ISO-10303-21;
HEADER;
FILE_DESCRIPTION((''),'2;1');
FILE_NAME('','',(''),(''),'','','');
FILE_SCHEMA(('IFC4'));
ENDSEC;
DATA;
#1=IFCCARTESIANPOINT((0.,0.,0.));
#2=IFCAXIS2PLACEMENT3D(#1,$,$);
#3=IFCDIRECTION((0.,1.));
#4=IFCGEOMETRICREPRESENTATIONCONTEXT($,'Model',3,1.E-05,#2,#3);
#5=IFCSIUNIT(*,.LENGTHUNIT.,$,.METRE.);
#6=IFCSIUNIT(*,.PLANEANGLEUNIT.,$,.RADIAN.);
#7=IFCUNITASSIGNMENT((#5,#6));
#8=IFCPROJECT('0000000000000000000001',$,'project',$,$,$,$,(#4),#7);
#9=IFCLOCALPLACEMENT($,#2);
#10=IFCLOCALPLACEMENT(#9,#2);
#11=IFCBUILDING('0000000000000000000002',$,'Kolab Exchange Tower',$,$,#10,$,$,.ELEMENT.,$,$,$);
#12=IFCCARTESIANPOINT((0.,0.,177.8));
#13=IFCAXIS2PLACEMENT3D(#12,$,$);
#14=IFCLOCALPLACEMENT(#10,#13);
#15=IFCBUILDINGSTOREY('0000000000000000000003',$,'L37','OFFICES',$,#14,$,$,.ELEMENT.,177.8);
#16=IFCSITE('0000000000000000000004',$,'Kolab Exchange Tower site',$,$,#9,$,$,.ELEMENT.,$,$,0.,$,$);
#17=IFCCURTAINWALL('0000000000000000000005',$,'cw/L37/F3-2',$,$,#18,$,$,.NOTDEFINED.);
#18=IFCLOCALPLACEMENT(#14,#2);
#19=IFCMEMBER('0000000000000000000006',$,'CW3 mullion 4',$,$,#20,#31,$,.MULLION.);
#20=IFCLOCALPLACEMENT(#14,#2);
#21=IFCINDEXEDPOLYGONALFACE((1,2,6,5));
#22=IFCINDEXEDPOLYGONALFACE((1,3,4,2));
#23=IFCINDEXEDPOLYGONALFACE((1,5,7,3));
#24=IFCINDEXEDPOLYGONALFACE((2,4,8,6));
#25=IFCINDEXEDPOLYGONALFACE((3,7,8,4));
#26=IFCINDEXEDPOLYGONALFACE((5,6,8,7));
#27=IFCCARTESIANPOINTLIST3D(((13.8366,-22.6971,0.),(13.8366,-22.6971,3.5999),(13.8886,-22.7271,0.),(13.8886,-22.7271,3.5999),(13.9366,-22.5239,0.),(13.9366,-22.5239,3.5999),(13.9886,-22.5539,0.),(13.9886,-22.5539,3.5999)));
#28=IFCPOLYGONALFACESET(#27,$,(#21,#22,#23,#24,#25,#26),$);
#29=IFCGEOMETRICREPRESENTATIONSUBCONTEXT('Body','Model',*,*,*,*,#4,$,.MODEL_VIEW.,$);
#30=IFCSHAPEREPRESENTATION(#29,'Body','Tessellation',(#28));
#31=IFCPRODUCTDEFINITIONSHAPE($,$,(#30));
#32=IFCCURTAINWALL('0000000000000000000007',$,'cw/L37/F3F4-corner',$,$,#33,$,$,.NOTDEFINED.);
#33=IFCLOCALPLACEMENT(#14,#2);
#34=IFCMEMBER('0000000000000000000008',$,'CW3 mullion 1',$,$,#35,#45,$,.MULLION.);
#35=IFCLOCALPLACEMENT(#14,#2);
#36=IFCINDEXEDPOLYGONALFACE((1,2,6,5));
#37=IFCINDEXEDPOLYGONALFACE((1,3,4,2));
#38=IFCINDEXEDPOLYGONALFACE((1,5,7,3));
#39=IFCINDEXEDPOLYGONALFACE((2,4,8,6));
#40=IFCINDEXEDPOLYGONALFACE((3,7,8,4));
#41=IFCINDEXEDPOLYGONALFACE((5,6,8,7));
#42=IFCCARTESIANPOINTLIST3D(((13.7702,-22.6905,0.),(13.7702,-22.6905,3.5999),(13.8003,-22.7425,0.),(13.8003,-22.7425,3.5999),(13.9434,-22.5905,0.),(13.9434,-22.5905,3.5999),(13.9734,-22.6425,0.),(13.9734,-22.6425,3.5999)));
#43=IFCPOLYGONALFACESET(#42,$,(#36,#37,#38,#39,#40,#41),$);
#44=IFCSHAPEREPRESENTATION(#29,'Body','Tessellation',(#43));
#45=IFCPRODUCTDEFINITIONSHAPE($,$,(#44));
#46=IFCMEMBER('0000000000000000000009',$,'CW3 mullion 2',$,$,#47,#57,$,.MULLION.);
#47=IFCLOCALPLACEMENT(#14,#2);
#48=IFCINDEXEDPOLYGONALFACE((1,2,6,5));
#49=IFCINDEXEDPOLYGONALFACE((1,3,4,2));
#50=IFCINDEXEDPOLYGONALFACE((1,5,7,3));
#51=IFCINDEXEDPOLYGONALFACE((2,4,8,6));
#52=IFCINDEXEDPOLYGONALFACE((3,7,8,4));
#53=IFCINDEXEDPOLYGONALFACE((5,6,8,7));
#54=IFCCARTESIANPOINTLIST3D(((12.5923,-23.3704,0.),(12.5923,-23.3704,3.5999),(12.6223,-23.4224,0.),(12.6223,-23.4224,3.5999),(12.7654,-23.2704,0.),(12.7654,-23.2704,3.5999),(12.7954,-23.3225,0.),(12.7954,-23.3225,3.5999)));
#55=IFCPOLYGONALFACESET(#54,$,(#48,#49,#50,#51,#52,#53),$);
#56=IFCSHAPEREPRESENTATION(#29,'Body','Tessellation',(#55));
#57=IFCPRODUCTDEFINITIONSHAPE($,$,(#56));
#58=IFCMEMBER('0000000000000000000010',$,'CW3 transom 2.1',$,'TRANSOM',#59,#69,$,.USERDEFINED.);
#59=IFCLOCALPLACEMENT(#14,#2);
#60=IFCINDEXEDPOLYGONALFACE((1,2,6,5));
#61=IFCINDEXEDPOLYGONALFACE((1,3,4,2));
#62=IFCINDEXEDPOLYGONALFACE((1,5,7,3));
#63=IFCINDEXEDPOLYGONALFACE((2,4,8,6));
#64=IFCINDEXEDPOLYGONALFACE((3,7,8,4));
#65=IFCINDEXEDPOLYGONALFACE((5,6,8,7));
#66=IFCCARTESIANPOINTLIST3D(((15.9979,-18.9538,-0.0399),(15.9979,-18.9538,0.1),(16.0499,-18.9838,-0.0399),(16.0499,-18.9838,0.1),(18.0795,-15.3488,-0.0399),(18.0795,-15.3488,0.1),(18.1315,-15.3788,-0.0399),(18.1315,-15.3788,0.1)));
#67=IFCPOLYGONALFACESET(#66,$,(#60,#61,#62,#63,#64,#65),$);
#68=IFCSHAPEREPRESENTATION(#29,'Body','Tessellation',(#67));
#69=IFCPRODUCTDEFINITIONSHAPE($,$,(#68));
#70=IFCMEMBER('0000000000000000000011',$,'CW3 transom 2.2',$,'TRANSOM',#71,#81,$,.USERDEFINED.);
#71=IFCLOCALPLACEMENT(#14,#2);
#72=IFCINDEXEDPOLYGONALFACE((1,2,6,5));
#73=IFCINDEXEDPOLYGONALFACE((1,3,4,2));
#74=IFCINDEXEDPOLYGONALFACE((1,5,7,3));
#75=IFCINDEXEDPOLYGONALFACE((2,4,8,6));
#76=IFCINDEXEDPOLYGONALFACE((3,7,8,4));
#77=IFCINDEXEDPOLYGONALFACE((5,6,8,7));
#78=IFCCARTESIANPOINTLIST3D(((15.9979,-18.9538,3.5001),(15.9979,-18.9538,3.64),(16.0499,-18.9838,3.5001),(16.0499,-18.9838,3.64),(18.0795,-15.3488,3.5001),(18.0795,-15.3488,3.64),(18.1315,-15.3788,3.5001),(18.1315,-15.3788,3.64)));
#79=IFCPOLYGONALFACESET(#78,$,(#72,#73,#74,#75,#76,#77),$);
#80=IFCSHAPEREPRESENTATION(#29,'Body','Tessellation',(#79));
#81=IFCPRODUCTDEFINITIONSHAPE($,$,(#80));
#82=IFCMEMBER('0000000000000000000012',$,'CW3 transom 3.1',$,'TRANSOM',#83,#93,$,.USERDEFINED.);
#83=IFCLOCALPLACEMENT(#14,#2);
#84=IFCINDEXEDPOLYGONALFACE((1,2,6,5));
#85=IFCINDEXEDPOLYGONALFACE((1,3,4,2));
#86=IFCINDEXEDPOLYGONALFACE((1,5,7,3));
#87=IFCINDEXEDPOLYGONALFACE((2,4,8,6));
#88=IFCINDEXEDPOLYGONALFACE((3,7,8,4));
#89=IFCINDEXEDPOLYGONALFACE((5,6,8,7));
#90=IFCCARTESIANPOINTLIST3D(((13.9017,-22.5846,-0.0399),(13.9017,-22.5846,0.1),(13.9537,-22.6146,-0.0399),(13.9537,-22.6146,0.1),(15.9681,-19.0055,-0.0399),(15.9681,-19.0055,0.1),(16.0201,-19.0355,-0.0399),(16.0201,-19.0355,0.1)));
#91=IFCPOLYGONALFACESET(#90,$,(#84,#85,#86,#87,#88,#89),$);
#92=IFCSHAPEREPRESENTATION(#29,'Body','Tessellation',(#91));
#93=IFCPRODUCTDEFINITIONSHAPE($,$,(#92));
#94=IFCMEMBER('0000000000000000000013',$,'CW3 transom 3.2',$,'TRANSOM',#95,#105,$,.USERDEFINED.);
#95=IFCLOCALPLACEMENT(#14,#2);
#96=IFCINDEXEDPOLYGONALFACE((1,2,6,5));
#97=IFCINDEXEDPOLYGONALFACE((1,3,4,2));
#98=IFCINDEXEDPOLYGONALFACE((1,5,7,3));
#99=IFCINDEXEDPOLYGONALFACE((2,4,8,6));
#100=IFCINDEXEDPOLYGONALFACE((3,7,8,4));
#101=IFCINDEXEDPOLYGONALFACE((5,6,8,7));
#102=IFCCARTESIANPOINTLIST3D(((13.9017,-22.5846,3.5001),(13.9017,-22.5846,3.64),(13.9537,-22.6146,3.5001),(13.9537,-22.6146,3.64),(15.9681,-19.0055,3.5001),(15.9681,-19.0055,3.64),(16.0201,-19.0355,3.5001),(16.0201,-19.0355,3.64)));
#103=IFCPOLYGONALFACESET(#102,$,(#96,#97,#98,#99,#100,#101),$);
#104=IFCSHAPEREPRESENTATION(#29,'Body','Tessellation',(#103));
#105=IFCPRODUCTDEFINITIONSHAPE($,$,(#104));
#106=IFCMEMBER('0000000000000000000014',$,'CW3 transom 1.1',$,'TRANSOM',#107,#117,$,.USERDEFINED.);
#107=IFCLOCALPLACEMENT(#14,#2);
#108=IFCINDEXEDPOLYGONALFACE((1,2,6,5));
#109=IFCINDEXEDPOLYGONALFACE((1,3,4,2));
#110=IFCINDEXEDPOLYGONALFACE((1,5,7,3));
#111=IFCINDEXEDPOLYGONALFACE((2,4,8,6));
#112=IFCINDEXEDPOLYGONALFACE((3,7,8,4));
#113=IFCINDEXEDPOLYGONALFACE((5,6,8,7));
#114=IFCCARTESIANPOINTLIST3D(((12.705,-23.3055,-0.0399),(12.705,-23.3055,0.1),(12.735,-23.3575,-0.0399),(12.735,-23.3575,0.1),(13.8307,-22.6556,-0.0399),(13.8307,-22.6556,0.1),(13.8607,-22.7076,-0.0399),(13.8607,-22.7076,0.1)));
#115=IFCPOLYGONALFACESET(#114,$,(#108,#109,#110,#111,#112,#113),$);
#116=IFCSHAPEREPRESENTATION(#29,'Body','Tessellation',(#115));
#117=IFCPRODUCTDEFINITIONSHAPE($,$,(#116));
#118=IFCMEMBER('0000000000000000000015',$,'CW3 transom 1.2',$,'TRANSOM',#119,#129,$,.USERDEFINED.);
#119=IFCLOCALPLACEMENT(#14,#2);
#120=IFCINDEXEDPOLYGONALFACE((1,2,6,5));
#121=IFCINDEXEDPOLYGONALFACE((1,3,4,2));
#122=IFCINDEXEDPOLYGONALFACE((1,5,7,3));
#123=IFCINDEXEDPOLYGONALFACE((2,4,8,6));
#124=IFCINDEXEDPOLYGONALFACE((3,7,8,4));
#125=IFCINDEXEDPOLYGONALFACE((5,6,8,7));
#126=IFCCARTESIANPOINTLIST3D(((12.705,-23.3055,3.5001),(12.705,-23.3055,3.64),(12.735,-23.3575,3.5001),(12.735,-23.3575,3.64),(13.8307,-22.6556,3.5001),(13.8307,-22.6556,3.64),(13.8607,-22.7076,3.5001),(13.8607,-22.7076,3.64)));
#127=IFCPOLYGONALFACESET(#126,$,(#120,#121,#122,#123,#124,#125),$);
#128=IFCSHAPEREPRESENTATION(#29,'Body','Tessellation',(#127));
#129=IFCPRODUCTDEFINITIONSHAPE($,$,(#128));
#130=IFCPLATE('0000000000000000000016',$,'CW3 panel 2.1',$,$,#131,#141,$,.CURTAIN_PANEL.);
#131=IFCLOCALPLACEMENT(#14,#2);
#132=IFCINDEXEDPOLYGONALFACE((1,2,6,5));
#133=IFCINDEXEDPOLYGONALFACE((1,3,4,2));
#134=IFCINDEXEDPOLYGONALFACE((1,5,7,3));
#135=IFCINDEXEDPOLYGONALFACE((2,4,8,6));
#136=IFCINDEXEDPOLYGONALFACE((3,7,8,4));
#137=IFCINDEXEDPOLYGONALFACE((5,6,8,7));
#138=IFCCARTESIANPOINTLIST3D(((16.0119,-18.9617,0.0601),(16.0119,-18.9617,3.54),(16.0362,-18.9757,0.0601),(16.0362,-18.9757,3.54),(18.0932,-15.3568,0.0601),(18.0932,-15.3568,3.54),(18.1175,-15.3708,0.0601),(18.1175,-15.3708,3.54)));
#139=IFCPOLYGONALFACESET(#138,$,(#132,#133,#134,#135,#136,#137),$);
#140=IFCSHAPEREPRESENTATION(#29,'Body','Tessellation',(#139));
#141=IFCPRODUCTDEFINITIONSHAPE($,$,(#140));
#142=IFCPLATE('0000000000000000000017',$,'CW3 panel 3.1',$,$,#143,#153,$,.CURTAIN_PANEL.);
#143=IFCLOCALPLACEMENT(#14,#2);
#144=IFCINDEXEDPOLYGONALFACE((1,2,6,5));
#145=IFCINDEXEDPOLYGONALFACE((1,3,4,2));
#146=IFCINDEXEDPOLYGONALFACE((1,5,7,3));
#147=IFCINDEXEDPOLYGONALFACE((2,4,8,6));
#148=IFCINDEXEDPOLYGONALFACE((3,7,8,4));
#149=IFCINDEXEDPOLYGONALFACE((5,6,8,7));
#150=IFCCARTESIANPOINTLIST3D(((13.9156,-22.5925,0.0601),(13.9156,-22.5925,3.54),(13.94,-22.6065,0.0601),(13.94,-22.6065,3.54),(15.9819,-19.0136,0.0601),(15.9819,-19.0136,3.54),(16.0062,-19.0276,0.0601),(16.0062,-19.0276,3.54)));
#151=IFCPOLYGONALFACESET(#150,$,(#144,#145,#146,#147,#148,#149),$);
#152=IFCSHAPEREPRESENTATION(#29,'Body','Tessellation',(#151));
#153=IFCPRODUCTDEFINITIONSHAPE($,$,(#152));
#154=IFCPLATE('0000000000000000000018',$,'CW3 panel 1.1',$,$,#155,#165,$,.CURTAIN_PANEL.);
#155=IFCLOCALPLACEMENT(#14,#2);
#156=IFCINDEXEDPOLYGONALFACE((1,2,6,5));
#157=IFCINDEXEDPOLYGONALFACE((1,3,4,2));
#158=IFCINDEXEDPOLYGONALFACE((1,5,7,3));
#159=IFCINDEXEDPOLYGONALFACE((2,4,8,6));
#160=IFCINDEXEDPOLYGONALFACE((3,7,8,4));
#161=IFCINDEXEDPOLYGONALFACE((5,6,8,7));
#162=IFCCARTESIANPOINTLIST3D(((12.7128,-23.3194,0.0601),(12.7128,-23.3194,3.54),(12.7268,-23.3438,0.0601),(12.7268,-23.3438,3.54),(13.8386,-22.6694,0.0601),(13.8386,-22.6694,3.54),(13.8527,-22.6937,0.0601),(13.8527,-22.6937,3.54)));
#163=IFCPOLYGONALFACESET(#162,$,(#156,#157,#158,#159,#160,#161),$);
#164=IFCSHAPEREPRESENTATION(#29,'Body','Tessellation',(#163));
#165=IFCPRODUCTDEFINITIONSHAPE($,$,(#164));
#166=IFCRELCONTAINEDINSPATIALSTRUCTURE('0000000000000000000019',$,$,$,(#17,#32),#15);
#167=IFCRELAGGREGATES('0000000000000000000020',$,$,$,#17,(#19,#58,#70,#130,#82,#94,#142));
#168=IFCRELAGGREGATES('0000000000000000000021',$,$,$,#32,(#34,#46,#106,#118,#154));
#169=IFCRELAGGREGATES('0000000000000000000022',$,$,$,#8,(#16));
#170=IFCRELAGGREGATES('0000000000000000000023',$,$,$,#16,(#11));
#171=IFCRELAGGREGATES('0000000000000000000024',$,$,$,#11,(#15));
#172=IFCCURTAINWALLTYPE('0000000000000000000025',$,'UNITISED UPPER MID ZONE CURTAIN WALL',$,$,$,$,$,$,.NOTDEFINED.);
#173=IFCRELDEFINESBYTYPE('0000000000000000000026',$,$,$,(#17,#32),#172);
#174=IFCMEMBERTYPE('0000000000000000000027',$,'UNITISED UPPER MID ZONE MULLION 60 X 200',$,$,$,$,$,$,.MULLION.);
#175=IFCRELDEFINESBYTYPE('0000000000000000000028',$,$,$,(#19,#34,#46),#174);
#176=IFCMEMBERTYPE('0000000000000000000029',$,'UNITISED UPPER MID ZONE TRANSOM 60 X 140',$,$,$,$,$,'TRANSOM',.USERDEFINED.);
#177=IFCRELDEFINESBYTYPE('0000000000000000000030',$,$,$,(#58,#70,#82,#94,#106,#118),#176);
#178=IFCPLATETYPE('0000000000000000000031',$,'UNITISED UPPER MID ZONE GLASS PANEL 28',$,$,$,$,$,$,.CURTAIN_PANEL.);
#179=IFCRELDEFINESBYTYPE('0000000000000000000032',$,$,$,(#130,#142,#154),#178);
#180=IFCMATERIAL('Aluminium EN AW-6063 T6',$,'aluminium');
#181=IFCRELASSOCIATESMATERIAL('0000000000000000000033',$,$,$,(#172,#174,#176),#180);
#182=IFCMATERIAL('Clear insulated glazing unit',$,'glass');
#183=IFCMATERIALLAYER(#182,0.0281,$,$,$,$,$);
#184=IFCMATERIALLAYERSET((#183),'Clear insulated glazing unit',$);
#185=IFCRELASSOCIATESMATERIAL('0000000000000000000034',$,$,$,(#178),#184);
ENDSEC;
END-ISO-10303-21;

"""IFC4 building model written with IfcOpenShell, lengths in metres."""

from ifc_helpers import new_model, si_unit, direction, frame, origin, origin_2d, place, context, subcontext, project, spatial, rectangle, extrude, material, layer, layer_set, material_profile, profile_set, type_object, element, aggregate, save


model = new_model("IFC4")

# Units and contexts
model_context = context("Model", 3, precision=1e-05, world=origin(), true_north=direction((0.0, 1.0)))
body_context = subcontext(model_context, "Body", "Model", "MODEL_VIEW")
ifc_project = project(units=[si_unit("LENGTHUNIT", "METRE"), si_unit("PLANEANGLEUNIT", "RADIAN")], contexts=[model_context])

# Site, building, storey
site_placement = place(None, origin())
site = spatial("IfcSite", under=ifc_project, at=site_placement, Name="Kolab Exchange Tower site", CompositionType="ELEMENT", RefElevation=0.0)
building_placement = place(site_placement, origin())
building = spatial("IfcBuilding", under=site, at=building_placement, Name="Kolab Exchange Tower", CompositionType="ELEMENT")
storey_placement = place(building_placement, frame((0.0, 0.0, 177.8)))
storey = spatial("IfcBuildingStorey", under=building, at=storey_placement, Name="L37", Description="OFFICES", CompositionType="ELEMENT", Elevation=177.8)

# Curtain walls, members
ifc_material_1 = material(Name="Aluminium EN AW-6063 T6", Category="aluminium")
curtain_wall_type = type_object("IfcCurtainWallType", Name="UNITISED UPPER MID ZONE CURTAIN WALL", PredefinedType="NOTDEFINED", material=ifc_material_1)
curtain_wall_1_placement = place(storey_placement, origin())
curtain_wall_1 = element("IfcCurtainWall", 1, at=curtain_wall_1_placement, inside=storey, type_object=curtain_wall_type, Name="cw/L37/F3-2", PredefinedType="NOTDEFINED")
ifc_material_profile_1 = material_profile(ifc_material_1, rectangle(XDim=0.0601, YDim=0.2, at=origin_2d()), Name="RECT 60X200")
ifc_profile_set_1 = profile_set([ifc_material_profile_1], Name="Aluminium EN AW-6063 T6")
member_type_1 = type_object("IfcMemberType", Name="UNITISED UPPER MID ZONE MULLION 60 X 200", PredefinedType="MULLION", material=ifc_profile_set_1)
member_1_placement = place(storey_placement, frame((13.9126, -22.6255, 0.0), z_axis=(0.0, 0.0, 1.0), x_axis=(0.866025, -0.5, 0.0)))
member_1 = element("IfcMember", 2, at=member_1_placement, type_object=member_type_1, Name="CW3 mullion 4", PredefinedType="MULLION", context=body_context, shape_type="SweptSolid", body=[
    extrude(rectangle(XDim=0.0601, YDim=0.2, at=origin_2d()), origin(), (0.0, 0.0, 1.0), 3.5999),
])
curtain_wall_2_placement = place(storey_placement, origin())
curtain_wall_2 = element("IfcCurtainWall", 3, at=curtain_wall_2_placement, inside=storey, type_object=curtain_wall_type, Name="cw/L37/F3F4-corner", PredefinedType="NOTDEFINED")
member_2_placement = place(storey_placement, frame((13.8718, -22.6665, 0.0), z_axis=(0.0, 0.0, 1.0), x_axis=(0.5, -0.866025, 0.0)))
member_2 = element("IfcMember", 4, at=member_2_placement, type_object=member_type_1, Name="CW3 mullion 1", PredefinedType="MULLION", context=body_context, shape_type="SweptSolid", body=[
    extrude(rectangle(XDim=0.0601, YDim=0.2, at=origin_2d()), origin(), (0.0, 0.0, 1.0), 3.5999),
])
member_3_placement = place(storey_placement, frame((12.6938, -23.3464, 0.0), z_axis=(0.0, 0.0, 1.0), x_axis=(0.5, -0.866025, 0.0)))
member_3 = element("IfcMember", 5, at=member_3_placement, type_object=member_type_1, Name="CW3 mullion 2", PredefinedType="MULLION", context=body_context, shape_type="SweptSolid", body=[
    extrude(rectangle(XDim=0.0601, YDim=0.2, at=origin_2d()), origin(), (0.0, 0.0, 1.0), 3.5999),
])

# Members
ifc_material_profile_2 = material_profile(ifc_material_1, rectangle(XDim=0.0601, YDim=0.1399, at=origin_2d()), Name="RECT 60X140")
ifc_profile_set_2 = profile_set([ifc_material_profile_2], Name="Aluminium EN AW-6063 T6")
member_type_2 = type_object("IfcMemberType", Name="UNITISED UPPER MID ZONE TRANSOM 60 X 140", ElementType="TRANSOM", PredefinedType="USERDEFINED", material=ifc_profile_set_2)
member_4_placement = place(storey_placement, frame((18.1055, -15.3638, 0.03), z_axis=(-0.500037, -0.866004, 0.0), x_axis=(0.866004, -0.500037, 0.0)))
member_4 = element("IfcMember", 6, at=member_4_placement, type_object=member_type_2, Name="CW3 transom 2.1", ObjectType="TRANSOM", PredefinedType="USERDEFINED", context=body_context, shape_type="SweptSolid", body=[
    extrude(rectangle(XDim=0.0601, YDim=0.1399, at=origin_2d()), origin(), (0.0, 0.0, 1.0), 4.1628),
])
member_5_placement = place(storey_placement, frame((18.1055, -15.3638, 3.5701), z_axis=(-0.500037, -0.866004, 0.0), x_axis=(0.866004, -0.500037, 0.0)))
member_5 = element("IfcMember", 7, at=member_5_placement, type_object=member_type_2, Name="CW3 transom 2.2", ObjectType="TRANSOM", PredefinedType="USERDEFINED", context=body_context, shape_type="SweptSolid", body=[
    extrude(rectangle(XDim=0.0601, YDim=0.1399, at=origin_2d()), origin(), (0.0, 0.0, 1.0), 4.1628),
])
member_6_placement = place(storey_placement, frame((15.9941, -19.0205, 0.03), z_axis=(-0.500002, -0.866024, 0.0), x_axis=(0.866024, -0.500002, 0.0)))
member_6 = element("IfcMember", 8, at=member_6_placement, type_object=member_type_2, Name="CW3 transom 3.1", ObjectType="TRANSOM", PredefinedType="USERDEFINED", context=body_context, shape_type="SweptSolid", body=[
    extrude(rectangle(XDim=0.0601, YDim=0.1399, at=origin_2d()), origin(), (0.0, 0.0, 1.0), 4.1328),
])
member_7_placement = place(storey_placement, frame((15.9941, -19.0205, 3.5701), z_axis=(-0.500002, -0.866024, 0.0), x_axis=(0.866024, -0.500002, 0.0)))
member_7 = element("IfcMember", 9, at=member_7_placement, type_object=member_type_2, Name="CW3 transom 3.2", ObjectType="TRANSOM", PredefinedType="USERDEFINED", context=body_context, shape_type="SweptSolid", body=[
    extrude(rectangle(XDim=0.0601, YDim=0.1399, at=origin_2d()), origin(), (0.0, 0.0, 1.0), 4.1328),
])
member_8_placement = place(storey_placement, frame((13.8457, -22.6816, 0.03), z_axis=(-0.866039, -0.499977, 0.0), x_axis=(0.499977, -0.866039, 0.0)))
member_8 = element("IfcMember", 10, at=member_8_placement, type_object=member_type_2, Name="CW3 transom 1.1", ObjectType="TRANSOM", PredefinedType="USERDEFINED", context=body_context, shape_type="SweptSolid", body=[
    extrude(rectangle(XDim=0.0601, YDim=0.1399, at=origin_2d()), origin(), (0.0, 0.0, 1.0), 1.2998),
])
member_9_placement = place(storey_placement, frame((13.8457, -22.6816, 3.5701), z_axis=(-0.866039, -0.499977, 0.0), x_axis=(0.499977, -0.866039, 0.0)))
member_9 = element("IfcMember", 11, at=member_9_placement, type_object=member_type_2, Name="CW3 transom 1.2", ObjectType="TRANSOM", PredefinedType="USERDEFINED", context=body_context, shape_type="SweptSolid", body=[
    extrude(rectangle(XDim=0.0601, YDim=0.1399, at=origin_2d()), origin(), (0.0, 0.0, 1.0), 1.2998),
])

# Plates
ifc_material_2 = material(Name="Clear insulated glazing unit", Category="glass")
ifc_layer = layer(ifc_material_2, 0.0281)
ifc_layer_set = layer_set([ifc_layer], Name="Clear insulated glazing unit")
plate_type = type_object("IfcPlateType", Name="UNITISED UPPER MID ZONE GLASS PANEL 28", PredefinedType="CURTAIN_PANEL", material=ifc_layer_set)
plate_1_placement = place(storey_placement, frame((17.0647, -17.1663, 0.0601), z_axis=(0.0, 0.0, 1.0), x_axis=(-0.5, -0.866025, 0.0)))
plate_1 = element("IfcPlate", 12, at=plate_1_placement, type_object=plate_type, Name="CW3 panel 2.1", PredefinedType="CURTAIN_PANEL", context=body_context, shape_type="SweptSolid", body=[
    extrude(rectangle(XDim=4.1626, YDim=0.0281, at=origin_2d()), origin(), (0.0, 0.0, 1.0), 3.48),
])
plate_2_placement = place(storey_placement, frame((14.9609, -20.8101, 0.0601), z_axis=(0.0, 0.0, 1.0), x_axis=(-0.5, -0.866025, 0.0)))
plate_2 = element("IfcPlate", 13, at=plate_2_placement, type_object=plate_type, Name="CW3 panel 3.1", PredefinedType="CURTAIN_PANEL", context=body_context, shape_type="SweptSolid", body=[
    extrude(rectangle(XDim=4.1326, YDim=0.0281, at=origin_2d()), origin(), (0.0, 0.0, 1.0), 3.48),
])
aggregate(curtain_wall_1, [member_1, member_4, member_5, plate_1, member_6, member_7, plate_2])
plate_3_placement = place(storey_placement, frame((13.2827, -23.0066, 0.0601), z_axis=(0.0, 0.0, 1.0), x_axis=(-0.866025, -0.5, 0.0)))
plate_3 = element("IfcPlate", 14, at=plate_3_placement, type_object=plate_type, Name="CW3 panel 1.1", PredefinedType="CURTAIN_PANEL", context=body_context, shape_type="SweptSolid", body=[
    extrude(rectangle(XDim=1.3, YDim=0.0281, at=origin_2d()), origin(), (0.0, 0.0, 1.0), 3.48),
])
aggregate(curtain_wall_2, [member_2, member_3, member_8, member_9, plate_3])

save(model, "model.ifc")
